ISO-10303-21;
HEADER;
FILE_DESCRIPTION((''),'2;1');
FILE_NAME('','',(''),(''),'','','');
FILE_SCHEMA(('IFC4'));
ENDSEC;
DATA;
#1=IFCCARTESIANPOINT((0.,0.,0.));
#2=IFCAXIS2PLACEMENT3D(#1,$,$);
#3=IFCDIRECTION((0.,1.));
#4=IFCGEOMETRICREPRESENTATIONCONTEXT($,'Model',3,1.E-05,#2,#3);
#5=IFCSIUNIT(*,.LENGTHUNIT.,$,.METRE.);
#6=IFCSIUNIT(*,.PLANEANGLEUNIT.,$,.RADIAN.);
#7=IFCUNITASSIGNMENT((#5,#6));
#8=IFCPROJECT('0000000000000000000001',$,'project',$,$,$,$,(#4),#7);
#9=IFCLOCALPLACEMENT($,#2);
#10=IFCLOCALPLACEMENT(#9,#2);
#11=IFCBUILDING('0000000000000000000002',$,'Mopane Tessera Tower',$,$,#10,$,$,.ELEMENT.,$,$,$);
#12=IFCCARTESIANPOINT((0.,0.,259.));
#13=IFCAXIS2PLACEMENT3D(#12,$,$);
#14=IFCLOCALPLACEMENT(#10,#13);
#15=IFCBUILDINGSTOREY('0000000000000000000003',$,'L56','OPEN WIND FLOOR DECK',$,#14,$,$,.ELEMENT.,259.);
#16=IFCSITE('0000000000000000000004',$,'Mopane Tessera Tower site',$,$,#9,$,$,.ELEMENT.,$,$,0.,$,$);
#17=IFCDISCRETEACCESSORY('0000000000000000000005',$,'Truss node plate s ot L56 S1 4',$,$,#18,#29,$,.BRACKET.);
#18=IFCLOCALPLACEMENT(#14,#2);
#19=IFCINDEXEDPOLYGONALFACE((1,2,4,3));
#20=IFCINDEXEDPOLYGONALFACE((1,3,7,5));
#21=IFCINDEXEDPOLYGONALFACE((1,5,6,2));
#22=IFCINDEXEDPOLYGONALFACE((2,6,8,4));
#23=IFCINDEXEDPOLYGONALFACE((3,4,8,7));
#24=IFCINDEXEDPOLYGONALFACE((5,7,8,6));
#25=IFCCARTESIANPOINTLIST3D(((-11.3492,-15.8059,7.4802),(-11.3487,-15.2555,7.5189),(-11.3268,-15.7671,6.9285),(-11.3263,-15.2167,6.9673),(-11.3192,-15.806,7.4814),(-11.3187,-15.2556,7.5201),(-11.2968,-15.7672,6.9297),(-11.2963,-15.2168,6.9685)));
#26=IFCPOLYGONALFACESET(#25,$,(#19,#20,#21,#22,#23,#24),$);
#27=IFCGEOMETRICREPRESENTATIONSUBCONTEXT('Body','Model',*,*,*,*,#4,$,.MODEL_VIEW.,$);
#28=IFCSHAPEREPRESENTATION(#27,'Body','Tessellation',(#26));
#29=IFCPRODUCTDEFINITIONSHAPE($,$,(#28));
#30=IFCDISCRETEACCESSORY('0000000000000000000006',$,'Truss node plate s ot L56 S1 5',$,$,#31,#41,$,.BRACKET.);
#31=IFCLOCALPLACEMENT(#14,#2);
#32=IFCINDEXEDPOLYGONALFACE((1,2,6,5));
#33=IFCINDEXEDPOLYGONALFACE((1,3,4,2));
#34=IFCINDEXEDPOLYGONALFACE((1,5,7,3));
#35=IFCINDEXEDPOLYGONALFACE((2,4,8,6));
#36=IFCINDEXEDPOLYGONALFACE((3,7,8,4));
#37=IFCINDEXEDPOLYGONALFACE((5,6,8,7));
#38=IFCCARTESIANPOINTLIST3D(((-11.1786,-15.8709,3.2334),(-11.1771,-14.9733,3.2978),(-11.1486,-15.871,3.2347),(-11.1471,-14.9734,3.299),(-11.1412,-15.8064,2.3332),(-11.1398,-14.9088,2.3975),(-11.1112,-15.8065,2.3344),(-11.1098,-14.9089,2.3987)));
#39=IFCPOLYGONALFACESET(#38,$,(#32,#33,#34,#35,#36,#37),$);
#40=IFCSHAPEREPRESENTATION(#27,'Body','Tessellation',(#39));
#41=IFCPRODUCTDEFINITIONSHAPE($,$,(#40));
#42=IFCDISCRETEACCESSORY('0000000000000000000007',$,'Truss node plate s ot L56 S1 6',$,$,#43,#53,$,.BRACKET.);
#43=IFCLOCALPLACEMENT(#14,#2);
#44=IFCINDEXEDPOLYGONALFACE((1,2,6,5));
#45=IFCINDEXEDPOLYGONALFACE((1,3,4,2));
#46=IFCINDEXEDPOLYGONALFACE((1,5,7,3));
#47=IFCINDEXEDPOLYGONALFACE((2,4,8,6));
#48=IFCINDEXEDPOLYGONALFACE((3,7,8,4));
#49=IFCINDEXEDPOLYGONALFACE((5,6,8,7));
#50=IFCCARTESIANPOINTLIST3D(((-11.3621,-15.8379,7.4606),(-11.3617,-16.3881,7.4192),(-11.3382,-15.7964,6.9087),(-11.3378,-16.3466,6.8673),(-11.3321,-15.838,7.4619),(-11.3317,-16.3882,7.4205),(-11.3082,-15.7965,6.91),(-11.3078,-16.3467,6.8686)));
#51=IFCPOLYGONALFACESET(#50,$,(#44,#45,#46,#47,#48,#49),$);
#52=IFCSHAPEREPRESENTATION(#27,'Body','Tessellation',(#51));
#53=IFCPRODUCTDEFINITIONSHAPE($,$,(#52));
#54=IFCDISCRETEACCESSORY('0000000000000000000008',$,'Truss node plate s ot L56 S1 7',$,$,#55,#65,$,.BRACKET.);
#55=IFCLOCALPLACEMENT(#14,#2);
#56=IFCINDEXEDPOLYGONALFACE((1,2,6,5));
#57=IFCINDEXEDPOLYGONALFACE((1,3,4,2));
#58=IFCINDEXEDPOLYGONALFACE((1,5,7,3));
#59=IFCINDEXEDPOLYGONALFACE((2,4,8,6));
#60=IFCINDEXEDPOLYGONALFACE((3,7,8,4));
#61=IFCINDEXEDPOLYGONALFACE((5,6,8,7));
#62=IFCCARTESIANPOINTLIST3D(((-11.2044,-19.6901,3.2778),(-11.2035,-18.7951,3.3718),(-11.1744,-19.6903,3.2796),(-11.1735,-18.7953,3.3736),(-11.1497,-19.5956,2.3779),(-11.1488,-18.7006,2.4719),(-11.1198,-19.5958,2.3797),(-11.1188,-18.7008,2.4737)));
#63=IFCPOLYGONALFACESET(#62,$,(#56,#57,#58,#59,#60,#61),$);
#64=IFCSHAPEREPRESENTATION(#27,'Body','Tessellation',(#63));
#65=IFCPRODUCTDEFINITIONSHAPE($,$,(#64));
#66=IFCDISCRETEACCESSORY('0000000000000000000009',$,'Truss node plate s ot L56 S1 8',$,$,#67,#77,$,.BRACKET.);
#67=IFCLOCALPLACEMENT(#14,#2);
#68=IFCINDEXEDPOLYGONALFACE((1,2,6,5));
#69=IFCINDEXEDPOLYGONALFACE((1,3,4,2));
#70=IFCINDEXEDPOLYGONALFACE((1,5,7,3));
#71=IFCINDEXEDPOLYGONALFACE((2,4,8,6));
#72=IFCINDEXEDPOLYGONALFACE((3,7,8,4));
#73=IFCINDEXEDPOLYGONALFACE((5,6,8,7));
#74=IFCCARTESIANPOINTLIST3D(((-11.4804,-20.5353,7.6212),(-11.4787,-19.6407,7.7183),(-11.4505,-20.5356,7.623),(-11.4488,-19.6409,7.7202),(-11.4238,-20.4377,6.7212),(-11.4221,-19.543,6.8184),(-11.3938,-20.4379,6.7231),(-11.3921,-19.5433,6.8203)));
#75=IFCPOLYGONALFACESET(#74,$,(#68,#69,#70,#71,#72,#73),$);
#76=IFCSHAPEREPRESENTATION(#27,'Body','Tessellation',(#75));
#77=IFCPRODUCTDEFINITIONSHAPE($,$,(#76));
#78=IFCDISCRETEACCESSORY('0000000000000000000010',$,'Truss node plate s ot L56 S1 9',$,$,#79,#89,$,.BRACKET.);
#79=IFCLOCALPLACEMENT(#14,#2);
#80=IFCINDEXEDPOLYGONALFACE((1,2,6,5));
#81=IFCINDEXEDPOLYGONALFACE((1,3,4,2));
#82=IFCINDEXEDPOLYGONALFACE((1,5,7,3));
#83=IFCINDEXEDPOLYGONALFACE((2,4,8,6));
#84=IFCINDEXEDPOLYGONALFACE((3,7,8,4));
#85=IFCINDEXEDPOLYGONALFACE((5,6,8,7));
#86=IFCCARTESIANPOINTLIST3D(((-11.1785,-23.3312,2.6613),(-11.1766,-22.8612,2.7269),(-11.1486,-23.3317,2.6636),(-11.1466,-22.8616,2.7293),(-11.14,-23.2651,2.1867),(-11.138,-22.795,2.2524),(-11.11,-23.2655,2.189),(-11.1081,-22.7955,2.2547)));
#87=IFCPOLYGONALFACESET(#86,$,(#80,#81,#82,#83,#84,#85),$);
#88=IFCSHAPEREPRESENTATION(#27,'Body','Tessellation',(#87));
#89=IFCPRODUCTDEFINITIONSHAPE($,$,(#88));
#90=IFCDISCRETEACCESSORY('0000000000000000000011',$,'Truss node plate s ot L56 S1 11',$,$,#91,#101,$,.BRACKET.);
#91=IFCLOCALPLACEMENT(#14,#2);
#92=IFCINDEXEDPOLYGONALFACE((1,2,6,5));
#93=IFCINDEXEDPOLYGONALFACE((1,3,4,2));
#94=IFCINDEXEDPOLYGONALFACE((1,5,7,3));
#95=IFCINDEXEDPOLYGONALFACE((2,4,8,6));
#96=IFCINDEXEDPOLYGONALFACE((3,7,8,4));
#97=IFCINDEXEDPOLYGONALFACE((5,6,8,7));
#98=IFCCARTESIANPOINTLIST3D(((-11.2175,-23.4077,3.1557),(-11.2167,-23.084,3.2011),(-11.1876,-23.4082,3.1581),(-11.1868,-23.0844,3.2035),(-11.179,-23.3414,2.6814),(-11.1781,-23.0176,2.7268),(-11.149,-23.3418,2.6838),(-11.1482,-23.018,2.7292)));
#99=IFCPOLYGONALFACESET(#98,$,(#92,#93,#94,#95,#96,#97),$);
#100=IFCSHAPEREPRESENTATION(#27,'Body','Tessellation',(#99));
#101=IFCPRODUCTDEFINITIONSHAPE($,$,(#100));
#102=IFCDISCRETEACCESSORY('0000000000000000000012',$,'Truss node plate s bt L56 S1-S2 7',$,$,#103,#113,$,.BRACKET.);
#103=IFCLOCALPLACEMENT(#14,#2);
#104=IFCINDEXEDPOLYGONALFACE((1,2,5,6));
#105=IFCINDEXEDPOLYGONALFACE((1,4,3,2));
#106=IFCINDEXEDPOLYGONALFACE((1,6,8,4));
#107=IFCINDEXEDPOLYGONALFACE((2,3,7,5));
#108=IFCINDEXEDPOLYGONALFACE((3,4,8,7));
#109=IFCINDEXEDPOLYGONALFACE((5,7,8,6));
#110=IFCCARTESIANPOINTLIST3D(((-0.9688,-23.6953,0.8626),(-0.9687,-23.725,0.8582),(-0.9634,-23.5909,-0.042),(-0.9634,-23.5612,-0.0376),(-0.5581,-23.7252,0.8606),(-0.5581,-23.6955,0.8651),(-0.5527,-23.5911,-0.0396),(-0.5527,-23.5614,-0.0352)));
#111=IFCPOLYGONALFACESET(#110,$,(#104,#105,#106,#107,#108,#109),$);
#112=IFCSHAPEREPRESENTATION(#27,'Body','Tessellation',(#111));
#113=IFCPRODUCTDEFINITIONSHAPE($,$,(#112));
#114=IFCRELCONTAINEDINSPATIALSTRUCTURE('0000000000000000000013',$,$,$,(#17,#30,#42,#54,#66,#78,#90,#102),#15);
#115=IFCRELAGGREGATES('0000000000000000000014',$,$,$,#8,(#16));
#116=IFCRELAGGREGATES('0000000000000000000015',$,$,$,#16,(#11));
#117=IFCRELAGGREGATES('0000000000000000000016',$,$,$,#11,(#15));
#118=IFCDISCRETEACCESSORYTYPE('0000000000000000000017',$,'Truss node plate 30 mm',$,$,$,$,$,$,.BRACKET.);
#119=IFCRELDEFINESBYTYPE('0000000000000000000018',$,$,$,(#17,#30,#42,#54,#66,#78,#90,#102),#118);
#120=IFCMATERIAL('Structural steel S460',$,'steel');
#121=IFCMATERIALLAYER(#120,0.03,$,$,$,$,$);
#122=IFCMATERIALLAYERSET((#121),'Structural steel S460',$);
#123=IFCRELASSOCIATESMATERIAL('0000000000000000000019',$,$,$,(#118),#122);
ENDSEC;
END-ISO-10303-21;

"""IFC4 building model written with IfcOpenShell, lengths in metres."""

from ifc_helpers import new_model, si_unit, direction, frame, origin, origin_2d, place, context, subcontext, project, spatial, rectangle, extrude, material, layer, layer_set, type_object, element, save


model = new_model("IFC4")

# Units and contexts
model_context = context("Model", 3, precision=1e-05, world=origin(), true_north=direction((0.0, 1.0)))
body_context = subcontext(model_context, "Body", "Model", "MODEL_VIEW")
ifc_project = project(units=[si_unit("LENGTHUNIT", "METRE"), si_unit("PLANEANGLEUNIT", "RADIAN")], contexts=[model_context])

# Site, building, storey
site_placement = place(None, origin())
site = spatial("IfcSite", under=ifc_project, at=site_placement, Name="Mopane Tessera Tower site", CompositionType="ELEMENT", RefElevation=0.0)
building_placement = place(site_placement, origin())
building = spatial("IfcBuilding", under=site, at=building_placement, Name="Mopane Tessera Tower", CompositionType="ELEMENT")
storey_placement = place(building_placement, frame((0.0, 0.0, 259.0)))
storey = spatial("IfcBuildingStorey", under=building, at=storey_placement, Name="L56", Description="OPEN WIND FLOOR DECK", CompositionType="ELEMENT", Elevation=259.0)

# Discrete accessories
ifc_material_1 = material(Name="Structural steel S460", Category="steel")
ifc_layer_1 = layer(ifc_material_1, 0.03)
ifc_layer_set_1 = layer_set([ifc_layer_1], Name="Structural steel S460")
discrete_accessory_type = type_object("IfcDiscreteAccessoryType", Name="Truss node plate 30 mm", PredefinedType="BRACKET", material=ifc_layer_set_1)
discrete_accessory_1_placement = place(storey_placement, frame((-11.3115, -15.4919, 6.9485), z_axis=(-0.040574, -0.070123, 0.996713), x_axis=(0.999176, -0.003716, 0.040413)))
element("IfcDiscreteAccessory", 1, at=discrete_accessory_1_placement, inside=storey, type_object=discrete_accessory_type, Name="Truss node plate s ot L56 S1 4", PredefinedType="BRACKET", context=body_context, shape_type="SweptSolid", body=[
    extrude(rectangle(XDim=0.03, YDim=0.5518, at=origin_2d()), origin(), (0.0, 0.0, 1.0), 0.5535),
])
discrete_accessory_2_placement = place(storey_placement, frame((-11.1255, -15.3577, 2.366), z_axis=(-0.041356, -0.071359, 0.996593), x_axis=(0.999143, -0.00453, 0.041137)))
element("IfcDiscreteAccessory", 2, at=discrete_accessory_2_placement, inside=storey, type_object=discrete_accessory_type, Name="Truss node plate s ot L56 S1 5", PredefinedType="BRACKET", context=body_context, shape_type="SweptSolid", body=[
    extrude(rectangle(XDim=0.03, YDim=0.8999, at=origin_2d()), origin(), (0.0, 0.0, 1.0), 0.9033),
])
discrete_accessory_3_placement = place(storey_placement, frame((-11.323, -16.0715, 6.8887), z_axis=(-0.043181, -0.074906, 0.996255), x_axis=(0.999067, -0.002512, 0.043114)))
element("IfcDiscreteAccessory", 3, at=discrete_accessory_3_placement, inside=storey, type_object=discrete_accessory_type, Name="Truss node plate s ot L56 S1 6", PredefinedType="BRACKET", context=body_context, shape_type="SweptSolid", body=[
    extrude(rectangle(XDim=0.03, YDim=0.5518, at=origin_2d()), origin(), (0.0, 0.0, 1.0), 0.554),
])
discrete_accessory_4_placement = place(storey_placement, frame((-11.1343, -19.1482, 2.4258), z_axis=(-0.060328, -0.104228, 0.992722), x_axis=(0.998178, -0.007326, 0.059891)))
element("IfcDiscreteAccessory", 4, at=discrete_accessory_4_placement, inside=storey, type_object=discrete_accessory_type, Name="Truss node plate s ot L56 S1 7", PredefinedType="BRACKET", context=body_context, shape_type="SweptSolid", body=[
    extrude(rectangle(XDim=0.03, YDim=0.8999, at=origin_2d()), origin(), (0.0, 0.0, 1.0), 0.9065),
])
discrete_accessory_5_placement = place(storey_placement, frame((-11.408, -19.9905, 6.7708), z_axis=(-0.062451, -0.107675, 0.992223), x_axis=(0.998046, -0.008626, 0.061882)))
element("IfcDiscreteAccessory", 5, at=discrete_accessory_5_placement, inside=storey, type_object=discrete_accessory_type, Name="Truss node plate s ot L56 S1 8", PredefinedType="BRACKET", context=body_context, shape_type="SweptSolid", body=[
    extrude(rectangle(XDim=0.03, YDim=0.8999, at=origin_2d()), origin(), (0.0, 0.0, 1.0), 0.907),
])
discrete_accessory_6_placement = place(storey_placement, frame((-11.124, -23.0303, 2.2207), z_axis=(-0.080238, -0.137623, 0.987229), x_axis=(0.996767, -0.015184, 0.078896)))
element("IfcDiscreteAccessory", 6, at=discrete_accessory_6_placement, inside=storey, type_object=discrete_accessory_type, Name="Truss node plate s ot L56 S1 9", PredefinedType="BRACKET", context=body_context, shape_type="SweptSolid", body=[
    extrude(rectangle(XDim=0.03, YDim=0.4746, at=origin_2d()), origin(), (0.0, 0.0, 1.0), 0.4807),
])
discrete_accessory_7_placement = place(storey_placement, frame((-11.1636, -23.1797, 2.7053), z_axis=(-0.080272, -0.13819, 0.987147), x_axis=(0.99677, -0.013678, 0.07914)))
element("IfcDiscreteAccessory", 7, at=discrete_accessory_7_placement, inside=storey, type_object=discrete_accessory_type, Name="Truss node plate s ot L56 S1 11", PredefinedType="BRACKET", context=body_context, shape_type="SweptSolid", body=[
    extrude(rectangle(XDim=0.03, YDim=0.3269, at=origin_2d()), origin(), (0.0, 0.0, 1.0), 0.4805),
])
discrete_accessory_8_placement = place(storey_placement, frame((-0.7581, -23.5762, -0.0386), z_axis=(-0.005902, -0.147275, 0.989078), x_axis=(-0.000416, 0.989095, 0.147275)))
element("IfcDiscreteAccessory", 8, at=discrete_accessory_8_placement, inside=storey, type_object=discrete_accessory_type, Name="Truss node plate s bt L56 S1-S2 7", PredefinedType="BRACKET", context=body_context, shape_type="SweptSolid", body=[
    extrude(rectangle(XDim=0.03, YDim=0.4106, at=origin_2d()), origin(), (0.0, 0.0, 1.0), 0.9102),
])

save(model, "model.ifc")
